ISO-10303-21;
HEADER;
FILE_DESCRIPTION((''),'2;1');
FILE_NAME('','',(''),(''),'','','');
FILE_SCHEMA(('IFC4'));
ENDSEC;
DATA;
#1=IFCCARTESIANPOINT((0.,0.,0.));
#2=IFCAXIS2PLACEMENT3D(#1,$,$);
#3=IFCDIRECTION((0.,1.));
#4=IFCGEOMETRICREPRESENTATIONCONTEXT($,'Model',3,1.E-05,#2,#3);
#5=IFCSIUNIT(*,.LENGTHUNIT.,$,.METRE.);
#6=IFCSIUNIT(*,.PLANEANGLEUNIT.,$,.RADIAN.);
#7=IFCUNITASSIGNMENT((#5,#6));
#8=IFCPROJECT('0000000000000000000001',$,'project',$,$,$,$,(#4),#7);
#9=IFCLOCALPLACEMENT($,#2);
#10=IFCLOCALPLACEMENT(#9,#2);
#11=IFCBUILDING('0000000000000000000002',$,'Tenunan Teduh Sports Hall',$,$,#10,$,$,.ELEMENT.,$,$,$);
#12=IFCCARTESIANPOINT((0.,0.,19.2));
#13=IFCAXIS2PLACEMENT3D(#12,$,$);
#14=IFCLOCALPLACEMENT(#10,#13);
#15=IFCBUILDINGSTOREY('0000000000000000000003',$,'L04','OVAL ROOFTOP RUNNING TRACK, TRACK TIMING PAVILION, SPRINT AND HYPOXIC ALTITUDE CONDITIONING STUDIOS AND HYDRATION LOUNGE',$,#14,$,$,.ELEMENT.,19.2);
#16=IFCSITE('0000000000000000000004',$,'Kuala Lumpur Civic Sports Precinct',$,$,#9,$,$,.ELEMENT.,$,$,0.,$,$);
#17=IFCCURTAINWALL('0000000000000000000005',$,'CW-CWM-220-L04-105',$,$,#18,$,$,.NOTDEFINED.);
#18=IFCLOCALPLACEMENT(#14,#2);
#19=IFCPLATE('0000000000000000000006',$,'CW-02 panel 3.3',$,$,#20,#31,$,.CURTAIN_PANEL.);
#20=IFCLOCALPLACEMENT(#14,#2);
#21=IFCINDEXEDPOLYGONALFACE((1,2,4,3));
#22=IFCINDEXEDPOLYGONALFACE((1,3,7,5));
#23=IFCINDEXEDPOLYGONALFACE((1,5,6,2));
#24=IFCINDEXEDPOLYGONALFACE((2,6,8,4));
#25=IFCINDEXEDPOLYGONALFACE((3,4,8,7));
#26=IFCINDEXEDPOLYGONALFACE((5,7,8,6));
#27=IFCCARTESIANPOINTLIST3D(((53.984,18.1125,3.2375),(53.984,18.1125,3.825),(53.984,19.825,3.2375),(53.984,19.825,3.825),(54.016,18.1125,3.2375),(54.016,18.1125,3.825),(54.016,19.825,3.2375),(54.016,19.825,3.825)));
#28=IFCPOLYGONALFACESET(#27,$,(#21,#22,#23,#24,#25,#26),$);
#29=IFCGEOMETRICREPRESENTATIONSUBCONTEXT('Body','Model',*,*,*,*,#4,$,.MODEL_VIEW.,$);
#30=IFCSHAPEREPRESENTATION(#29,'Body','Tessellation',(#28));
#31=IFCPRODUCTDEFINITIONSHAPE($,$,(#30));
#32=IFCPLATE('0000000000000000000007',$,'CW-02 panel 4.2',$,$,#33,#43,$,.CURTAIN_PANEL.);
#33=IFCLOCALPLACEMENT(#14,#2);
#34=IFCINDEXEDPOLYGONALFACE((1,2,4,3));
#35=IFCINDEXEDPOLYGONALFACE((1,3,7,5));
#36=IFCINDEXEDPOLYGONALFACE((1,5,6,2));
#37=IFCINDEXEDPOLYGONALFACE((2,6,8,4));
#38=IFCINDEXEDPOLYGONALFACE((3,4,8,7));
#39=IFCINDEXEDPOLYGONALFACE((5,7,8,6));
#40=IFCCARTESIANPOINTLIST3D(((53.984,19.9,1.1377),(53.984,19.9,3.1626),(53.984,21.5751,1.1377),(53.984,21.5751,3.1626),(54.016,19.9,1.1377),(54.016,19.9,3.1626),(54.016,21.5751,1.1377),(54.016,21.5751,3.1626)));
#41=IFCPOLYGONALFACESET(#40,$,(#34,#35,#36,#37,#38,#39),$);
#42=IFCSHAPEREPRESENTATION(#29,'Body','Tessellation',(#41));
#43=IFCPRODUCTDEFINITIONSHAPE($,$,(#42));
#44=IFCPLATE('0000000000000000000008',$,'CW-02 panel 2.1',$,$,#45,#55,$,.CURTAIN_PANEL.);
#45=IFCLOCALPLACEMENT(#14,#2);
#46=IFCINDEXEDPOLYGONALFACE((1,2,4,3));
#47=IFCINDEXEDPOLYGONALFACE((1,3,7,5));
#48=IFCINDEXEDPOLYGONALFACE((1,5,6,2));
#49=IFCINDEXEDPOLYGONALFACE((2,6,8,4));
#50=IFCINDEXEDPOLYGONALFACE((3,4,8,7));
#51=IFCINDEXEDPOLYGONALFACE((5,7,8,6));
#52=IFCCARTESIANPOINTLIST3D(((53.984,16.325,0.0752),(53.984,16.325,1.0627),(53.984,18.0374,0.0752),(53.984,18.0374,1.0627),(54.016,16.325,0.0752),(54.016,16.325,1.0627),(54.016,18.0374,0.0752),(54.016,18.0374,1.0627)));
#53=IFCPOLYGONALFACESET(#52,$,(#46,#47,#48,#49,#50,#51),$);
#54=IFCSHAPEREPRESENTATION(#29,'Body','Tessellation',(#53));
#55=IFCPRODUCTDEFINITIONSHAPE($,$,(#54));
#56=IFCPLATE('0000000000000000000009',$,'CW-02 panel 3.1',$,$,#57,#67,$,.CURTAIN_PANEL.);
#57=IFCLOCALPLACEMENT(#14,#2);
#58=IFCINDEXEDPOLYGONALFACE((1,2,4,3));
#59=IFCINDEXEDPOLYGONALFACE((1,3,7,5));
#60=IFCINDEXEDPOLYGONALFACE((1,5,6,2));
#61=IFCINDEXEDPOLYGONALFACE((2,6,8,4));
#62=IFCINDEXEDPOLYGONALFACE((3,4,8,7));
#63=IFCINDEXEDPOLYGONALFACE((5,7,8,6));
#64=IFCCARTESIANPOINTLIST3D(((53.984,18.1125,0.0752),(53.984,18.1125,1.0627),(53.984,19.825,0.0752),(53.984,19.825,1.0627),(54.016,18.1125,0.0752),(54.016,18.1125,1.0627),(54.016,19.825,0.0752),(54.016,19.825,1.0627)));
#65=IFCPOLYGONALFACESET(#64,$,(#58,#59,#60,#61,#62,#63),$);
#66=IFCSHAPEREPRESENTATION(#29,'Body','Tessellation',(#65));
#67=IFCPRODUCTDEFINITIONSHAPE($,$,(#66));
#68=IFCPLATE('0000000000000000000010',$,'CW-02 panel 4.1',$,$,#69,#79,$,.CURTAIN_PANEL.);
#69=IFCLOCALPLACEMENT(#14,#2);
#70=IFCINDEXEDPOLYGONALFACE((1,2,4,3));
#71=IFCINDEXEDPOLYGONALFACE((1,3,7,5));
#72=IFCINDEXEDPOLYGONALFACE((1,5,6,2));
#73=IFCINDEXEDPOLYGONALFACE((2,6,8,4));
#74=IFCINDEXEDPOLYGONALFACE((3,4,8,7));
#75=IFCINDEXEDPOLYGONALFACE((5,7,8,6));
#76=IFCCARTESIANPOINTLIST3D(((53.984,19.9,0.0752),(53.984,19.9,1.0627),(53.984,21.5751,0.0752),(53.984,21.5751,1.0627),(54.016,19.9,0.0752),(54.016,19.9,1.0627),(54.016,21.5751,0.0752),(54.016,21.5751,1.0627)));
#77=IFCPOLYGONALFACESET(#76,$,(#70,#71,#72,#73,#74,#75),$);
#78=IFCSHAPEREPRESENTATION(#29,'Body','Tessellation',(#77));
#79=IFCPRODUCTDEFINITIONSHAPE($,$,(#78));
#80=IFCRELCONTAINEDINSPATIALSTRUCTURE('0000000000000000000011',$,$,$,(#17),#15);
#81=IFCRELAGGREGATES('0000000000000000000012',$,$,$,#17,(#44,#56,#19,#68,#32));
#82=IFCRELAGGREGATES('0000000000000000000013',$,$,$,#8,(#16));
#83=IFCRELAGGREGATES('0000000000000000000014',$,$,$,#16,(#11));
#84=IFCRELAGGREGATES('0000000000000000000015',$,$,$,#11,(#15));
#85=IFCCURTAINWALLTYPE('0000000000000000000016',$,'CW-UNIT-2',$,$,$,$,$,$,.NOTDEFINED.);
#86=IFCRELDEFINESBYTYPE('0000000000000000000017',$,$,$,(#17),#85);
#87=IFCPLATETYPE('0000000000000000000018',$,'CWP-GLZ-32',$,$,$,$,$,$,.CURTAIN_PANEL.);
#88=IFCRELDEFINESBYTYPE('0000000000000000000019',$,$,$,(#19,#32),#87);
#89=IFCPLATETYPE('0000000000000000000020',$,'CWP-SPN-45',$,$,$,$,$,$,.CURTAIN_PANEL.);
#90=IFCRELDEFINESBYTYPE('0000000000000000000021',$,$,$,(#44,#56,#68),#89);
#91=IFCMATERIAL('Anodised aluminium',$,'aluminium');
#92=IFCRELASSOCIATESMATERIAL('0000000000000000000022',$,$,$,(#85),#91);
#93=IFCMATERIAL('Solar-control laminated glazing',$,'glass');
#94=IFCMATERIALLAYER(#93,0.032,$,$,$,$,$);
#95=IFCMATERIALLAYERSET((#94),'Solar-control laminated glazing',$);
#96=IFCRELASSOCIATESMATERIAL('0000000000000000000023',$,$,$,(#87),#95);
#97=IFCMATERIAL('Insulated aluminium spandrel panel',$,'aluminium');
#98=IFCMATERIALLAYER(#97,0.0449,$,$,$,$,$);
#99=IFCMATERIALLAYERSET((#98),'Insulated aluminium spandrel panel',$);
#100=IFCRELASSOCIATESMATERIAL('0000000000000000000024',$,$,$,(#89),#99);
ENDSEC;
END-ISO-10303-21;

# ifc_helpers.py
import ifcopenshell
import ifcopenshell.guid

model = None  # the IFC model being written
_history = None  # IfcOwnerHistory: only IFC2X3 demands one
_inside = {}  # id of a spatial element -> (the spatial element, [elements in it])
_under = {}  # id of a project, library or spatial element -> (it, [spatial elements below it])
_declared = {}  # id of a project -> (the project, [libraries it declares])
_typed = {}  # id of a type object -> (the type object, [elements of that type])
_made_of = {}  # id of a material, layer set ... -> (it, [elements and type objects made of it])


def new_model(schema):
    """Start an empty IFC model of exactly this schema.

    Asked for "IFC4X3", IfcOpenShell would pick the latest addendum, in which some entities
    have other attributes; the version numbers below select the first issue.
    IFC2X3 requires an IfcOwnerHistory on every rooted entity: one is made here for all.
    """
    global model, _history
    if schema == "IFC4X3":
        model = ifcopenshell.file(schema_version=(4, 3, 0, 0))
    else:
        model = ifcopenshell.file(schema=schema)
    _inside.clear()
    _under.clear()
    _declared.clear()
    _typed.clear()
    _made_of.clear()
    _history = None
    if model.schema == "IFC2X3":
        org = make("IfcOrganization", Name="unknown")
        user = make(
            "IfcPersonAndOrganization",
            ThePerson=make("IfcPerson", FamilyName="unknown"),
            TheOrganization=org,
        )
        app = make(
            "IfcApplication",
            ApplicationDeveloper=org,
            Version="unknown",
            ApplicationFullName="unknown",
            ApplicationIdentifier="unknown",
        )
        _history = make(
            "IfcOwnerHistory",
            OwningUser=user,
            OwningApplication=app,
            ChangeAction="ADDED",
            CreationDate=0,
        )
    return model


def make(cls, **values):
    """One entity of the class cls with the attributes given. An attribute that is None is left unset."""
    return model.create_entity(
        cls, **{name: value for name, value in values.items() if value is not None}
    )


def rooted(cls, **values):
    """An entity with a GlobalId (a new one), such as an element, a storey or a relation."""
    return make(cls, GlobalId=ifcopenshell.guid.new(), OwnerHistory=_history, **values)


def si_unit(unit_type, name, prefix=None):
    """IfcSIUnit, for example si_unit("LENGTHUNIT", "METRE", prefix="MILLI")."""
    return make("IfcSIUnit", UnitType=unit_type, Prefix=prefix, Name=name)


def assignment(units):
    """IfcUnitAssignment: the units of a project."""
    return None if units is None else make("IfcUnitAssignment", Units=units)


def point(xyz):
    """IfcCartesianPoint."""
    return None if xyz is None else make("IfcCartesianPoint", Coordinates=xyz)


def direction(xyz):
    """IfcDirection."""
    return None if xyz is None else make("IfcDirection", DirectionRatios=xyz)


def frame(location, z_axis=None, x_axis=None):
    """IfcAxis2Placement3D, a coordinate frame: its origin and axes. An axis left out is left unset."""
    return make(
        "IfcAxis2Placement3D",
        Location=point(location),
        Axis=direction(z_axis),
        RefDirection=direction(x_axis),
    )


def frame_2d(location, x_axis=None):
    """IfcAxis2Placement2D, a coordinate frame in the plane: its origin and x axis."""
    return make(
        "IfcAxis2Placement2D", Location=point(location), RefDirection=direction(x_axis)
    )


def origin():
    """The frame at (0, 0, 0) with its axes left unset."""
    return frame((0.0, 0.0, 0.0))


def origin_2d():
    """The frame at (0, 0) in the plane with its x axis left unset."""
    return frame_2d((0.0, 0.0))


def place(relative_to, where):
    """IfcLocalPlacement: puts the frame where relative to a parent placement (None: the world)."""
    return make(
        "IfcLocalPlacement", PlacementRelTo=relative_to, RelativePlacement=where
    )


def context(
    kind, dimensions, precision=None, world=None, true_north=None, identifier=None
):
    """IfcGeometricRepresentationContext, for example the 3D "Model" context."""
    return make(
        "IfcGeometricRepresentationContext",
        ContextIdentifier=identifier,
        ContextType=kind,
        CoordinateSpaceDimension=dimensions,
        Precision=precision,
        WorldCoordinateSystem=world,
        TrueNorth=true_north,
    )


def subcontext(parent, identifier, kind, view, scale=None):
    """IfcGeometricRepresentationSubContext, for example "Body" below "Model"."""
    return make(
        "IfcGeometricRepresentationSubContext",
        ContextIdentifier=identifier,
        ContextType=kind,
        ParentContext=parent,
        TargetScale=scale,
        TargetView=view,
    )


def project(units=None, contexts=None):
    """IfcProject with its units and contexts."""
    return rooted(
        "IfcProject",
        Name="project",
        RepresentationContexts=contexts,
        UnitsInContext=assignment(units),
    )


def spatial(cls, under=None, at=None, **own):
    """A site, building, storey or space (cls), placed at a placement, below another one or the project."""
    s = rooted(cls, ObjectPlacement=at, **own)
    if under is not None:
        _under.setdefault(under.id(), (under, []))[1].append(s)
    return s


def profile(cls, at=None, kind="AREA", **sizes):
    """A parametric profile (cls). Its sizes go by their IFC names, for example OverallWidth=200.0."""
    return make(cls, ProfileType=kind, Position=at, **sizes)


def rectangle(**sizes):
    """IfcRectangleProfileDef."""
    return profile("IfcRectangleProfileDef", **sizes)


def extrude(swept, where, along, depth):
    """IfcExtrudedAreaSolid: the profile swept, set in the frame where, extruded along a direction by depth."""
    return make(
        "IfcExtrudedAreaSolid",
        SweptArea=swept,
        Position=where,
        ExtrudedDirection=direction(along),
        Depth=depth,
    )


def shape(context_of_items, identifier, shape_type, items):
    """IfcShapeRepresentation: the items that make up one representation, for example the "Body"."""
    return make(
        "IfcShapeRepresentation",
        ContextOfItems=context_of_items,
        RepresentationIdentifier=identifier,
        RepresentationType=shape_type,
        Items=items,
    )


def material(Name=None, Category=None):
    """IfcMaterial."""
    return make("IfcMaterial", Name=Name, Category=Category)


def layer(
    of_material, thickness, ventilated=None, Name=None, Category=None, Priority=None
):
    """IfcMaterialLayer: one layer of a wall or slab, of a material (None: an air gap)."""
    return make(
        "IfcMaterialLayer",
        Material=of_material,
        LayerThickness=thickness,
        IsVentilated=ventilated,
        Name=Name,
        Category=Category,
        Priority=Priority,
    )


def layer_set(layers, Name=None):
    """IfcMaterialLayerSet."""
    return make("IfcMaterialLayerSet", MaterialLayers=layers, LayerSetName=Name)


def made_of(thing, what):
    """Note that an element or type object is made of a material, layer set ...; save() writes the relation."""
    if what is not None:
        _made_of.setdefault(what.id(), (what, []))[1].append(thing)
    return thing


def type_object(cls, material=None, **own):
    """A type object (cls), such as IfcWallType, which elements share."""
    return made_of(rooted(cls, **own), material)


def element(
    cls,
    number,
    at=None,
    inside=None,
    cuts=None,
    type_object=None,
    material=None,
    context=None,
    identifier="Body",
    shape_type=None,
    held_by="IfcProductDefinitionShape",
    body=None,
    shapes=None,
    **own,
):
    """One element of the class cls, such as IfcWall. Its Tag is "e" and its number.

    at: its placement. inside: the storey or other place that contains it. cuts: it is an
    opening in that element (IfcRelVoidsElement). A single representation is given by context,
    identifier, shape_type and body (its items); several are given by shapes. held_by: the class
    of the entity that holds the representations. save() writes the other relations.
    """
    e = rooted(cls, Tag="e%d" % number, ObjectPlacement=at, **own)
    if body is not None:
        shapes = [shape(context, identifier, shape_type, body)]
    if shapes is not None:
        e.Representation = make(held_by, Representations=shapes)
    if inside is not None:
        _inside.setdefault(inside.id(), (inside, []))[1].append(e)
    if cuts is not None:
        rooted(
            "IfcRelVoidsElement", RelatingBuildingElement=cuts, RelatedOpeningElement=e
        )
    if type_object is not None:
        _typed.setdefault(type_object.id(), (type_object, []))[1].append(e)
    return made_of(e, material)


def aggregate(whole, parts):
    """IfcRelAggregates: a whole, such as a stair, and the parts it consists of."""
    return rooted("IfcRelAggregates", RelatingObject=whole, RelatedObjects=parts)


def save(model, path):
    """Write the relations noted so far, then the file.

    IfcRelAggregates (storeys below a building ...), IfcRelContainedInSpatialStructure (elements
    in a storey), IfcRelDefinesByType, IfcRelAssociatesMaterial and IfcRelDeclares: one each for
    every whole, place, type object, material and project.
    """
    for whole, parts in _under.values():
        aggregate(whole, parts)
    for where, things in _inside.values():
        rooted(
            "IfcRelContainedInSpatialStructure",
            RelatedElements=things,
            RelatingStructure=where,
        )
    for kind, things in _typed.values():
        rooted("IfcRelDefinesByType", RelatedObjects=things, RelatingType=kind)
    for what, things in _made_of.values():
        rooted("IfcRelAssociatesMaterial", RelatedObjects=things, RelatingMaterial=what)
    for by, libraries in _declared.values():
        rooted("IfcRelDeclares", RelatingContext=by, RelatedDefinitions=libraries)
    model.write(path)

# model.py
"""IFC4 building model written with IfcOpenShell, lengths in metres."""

from ifc_helpers import new_model, si_unit, direction, frame, origin, origin_2d, place, context, subcontext, project, spatial, rectangle, extrude, material, layer, layer_set, type_object, element, aggregate, save


model = new_model("IFC4")

# Units and contexts
model_context = context("Model", 3, precision=1e-05, world=origin(), true_north=direction((0.0, 1.0)))
body_context = subcontext(model_context, "Body", "Model", "MODEL_VIEW")
ifc_project = project(units=[si_unit("LENGTHUNIT", "METRE"), si_unit("PLANEANGLEUNIT", "RADIAN")], contexts=[model_context])

# Site, building, storey
site_placement = place(None, origin())
site = spatial("IfcSite", under=ifc_project, at=site_placement, Name="Kuala Lumpur Civic Sports Precinct", CompositionType="ELEMENT", RefElevation=0.0)
building_placement = place(site_placement, origin())
building = spatial("IfcBuilding", under=site, at=building_placement, Name="Tenunan Teduh Sports Hall", CompositionType="ELEMENT")
storey_placement = place(building_placement, frame((0.0, 0.0, 19.2)))
storey = spatial("IfcBuildingStorey", under=building, at=storey_placement, Name="L04", Description="OVAL ROOFTOP RUNNING TRACK, TRACK TIMING PAVILION, SPRINT AND HYPOXIC ALTITUDE CONDITIONING STUDIOS AND HYDRATION LOUNGE", CompositionType="ELEMENT", Elevation=19.2)

# Curtain wall, plates
ifc_material_1 = material(Name="Anodised aluminium", Category="aluminium")
curtain_wall_type = type_object("IfcCurtainWallType", Name="CW-UNIT-2", PredefinedType="NOTDEFINED", material=ifc_material_1)
curtain_wall_placement = place(storey_placement, origin())
curtain_wall = element("IfcCurtainWall", 1, at=curtain_wall_placement, inside=storey, type_object=curtain_wall_type, Name="CW-CWM-220-L04-105", PredefinedType="NOTDEFINED")
ifc_material_2 = material(Name="Solar-control laminated glazing", Category="glass")
ifc_layer_1 = layer(ifc_material_2, 0.032)
ifc_layer_set_1 = layer_set([ifc_layer_1], Name="Solar-control laminated glazing")
plate_type_1 = type_object("IfcPlateType", Name="CWP-GLZ-32", PredefinedType="CURTAIN_PANEL", material=ifc_layer_set_1)
plate_1_placement = place(storey_placement, frame((54.0, 18.9688, 3.2375), z_axis=(0.0, 0.0, 1.0), x_axis=(0.0, 1.0, 0.0)))
plate_1 = element("IfcPlate", 2, at=plate_1_placement, type_object=plate_type_1, Name="CW-02 panel 3.3", PredefinedType="CURTAIN_PANEL", context=body_context, shape_type="SweptSolid", body=[
    extrude(rectangle(XDim=1.7124, YDim=0.032, at=origin_2d()), origin(), (0.0, 0.0, 1.0), 0.5874),
])
plate_2_placement = place(storey_placement, frame((54.0, 20.7375, 1.1377), z_axis=(0.0, 0.0, 1.0), x_axis=(0.0, 1.0, 0.0)))
plate_2 = element("IfcPlate", 3, at=plate_2_placement, type_object=plate_type_1, Name="CW-02 panel 4.2", PredefinedType="CURTAIN_PANEL", context=body_context, shape_type="SweptSolid", body=[
    extrude(rectangle(XDim=1.675, YDim=0.032, at=origin_2d()), origin(), (0.0, 0.0, 1.0), 2.0249),
])
ifc_material_3 = material(Name="Insulated aluminium spandrel panel", Category="aluminium")
ifc_layer_2 = layer(ifc_material_3, 0.0449)
ifc_layer_set_2 = layer_set([ifc_layer_2], Name="Insulated aluminium spandrel panel")
plate_type_2 = type_object("IfcPlateType", Name="CWP-SPN-45", PredefinedType="CURTAIN_PANEL", material=ifc_layer_set_2)
plate_3_placement = place(storey_placement, frame((54.0, 17.1812, 0.0752), z_axis=(0.0, 0.0, 1.0), x_axis=(0.0, 1.0, 0.0)))
plate_3 = element("IfcPlate", 4, at=plate_3_placement, type_object=plate_type_2, Name="CW-02 panel 2.1", PredefinedType="CURTAIN_PANEL", context=body_context, shape_type="SweptSolid", body=[
    extrude(rectangle(XDim=1.7124, YDim=0.032, at=origin_2d()), origin(), (0.0, 0.0, 1.0), 0.9875),
])
plate_4_placement = place(storey_placement, frame((54.0, 18.9688, 0.0752), z_axis=(0.0, 0.0, 1.0), x_axis=(0.0, 1.0, 0.0)))
plate_4 = element("IfcPlate", 5, at=plate_4_placement, type_object=plate_type_2, Name="CW-02 panel 3.1", PredefinedType="CURTAIN_PANEL", context=body_context, shape_type="SweptSolid", body=[
    extrude(rectangle(XDim=1.7124, YDim=0.032, at=origin_2d()), origin(), (0.0, 0.0, 1.0), 0.9875),
])
plate_5_placement = place(storey_placement, frame((54.0, 20.7375, 0.0752), z_axis=(0.0, 0.0, 1.0), x_axis=(0.0, 1.0, 0.0)))
plate_5 = element("IfcPlate", 6, at=plate_5_placement, type_object=plate_type_2, Name="CW-02 panel 4.1", PredefinedType="CURTAIN_PANEL", context=body_context, shape_type="SweptSolid", body=[
    extrude(rectangle(XDim=1.675, YDim=0.032, at=origin_2d()), origin(), (0.0, 0.0, 1.0), 0.9875),
])
aggregate(curtain_wall, [plate_3, plate_4, plate_1, plate_5, plate_2])

save(model, "model.ifc")
